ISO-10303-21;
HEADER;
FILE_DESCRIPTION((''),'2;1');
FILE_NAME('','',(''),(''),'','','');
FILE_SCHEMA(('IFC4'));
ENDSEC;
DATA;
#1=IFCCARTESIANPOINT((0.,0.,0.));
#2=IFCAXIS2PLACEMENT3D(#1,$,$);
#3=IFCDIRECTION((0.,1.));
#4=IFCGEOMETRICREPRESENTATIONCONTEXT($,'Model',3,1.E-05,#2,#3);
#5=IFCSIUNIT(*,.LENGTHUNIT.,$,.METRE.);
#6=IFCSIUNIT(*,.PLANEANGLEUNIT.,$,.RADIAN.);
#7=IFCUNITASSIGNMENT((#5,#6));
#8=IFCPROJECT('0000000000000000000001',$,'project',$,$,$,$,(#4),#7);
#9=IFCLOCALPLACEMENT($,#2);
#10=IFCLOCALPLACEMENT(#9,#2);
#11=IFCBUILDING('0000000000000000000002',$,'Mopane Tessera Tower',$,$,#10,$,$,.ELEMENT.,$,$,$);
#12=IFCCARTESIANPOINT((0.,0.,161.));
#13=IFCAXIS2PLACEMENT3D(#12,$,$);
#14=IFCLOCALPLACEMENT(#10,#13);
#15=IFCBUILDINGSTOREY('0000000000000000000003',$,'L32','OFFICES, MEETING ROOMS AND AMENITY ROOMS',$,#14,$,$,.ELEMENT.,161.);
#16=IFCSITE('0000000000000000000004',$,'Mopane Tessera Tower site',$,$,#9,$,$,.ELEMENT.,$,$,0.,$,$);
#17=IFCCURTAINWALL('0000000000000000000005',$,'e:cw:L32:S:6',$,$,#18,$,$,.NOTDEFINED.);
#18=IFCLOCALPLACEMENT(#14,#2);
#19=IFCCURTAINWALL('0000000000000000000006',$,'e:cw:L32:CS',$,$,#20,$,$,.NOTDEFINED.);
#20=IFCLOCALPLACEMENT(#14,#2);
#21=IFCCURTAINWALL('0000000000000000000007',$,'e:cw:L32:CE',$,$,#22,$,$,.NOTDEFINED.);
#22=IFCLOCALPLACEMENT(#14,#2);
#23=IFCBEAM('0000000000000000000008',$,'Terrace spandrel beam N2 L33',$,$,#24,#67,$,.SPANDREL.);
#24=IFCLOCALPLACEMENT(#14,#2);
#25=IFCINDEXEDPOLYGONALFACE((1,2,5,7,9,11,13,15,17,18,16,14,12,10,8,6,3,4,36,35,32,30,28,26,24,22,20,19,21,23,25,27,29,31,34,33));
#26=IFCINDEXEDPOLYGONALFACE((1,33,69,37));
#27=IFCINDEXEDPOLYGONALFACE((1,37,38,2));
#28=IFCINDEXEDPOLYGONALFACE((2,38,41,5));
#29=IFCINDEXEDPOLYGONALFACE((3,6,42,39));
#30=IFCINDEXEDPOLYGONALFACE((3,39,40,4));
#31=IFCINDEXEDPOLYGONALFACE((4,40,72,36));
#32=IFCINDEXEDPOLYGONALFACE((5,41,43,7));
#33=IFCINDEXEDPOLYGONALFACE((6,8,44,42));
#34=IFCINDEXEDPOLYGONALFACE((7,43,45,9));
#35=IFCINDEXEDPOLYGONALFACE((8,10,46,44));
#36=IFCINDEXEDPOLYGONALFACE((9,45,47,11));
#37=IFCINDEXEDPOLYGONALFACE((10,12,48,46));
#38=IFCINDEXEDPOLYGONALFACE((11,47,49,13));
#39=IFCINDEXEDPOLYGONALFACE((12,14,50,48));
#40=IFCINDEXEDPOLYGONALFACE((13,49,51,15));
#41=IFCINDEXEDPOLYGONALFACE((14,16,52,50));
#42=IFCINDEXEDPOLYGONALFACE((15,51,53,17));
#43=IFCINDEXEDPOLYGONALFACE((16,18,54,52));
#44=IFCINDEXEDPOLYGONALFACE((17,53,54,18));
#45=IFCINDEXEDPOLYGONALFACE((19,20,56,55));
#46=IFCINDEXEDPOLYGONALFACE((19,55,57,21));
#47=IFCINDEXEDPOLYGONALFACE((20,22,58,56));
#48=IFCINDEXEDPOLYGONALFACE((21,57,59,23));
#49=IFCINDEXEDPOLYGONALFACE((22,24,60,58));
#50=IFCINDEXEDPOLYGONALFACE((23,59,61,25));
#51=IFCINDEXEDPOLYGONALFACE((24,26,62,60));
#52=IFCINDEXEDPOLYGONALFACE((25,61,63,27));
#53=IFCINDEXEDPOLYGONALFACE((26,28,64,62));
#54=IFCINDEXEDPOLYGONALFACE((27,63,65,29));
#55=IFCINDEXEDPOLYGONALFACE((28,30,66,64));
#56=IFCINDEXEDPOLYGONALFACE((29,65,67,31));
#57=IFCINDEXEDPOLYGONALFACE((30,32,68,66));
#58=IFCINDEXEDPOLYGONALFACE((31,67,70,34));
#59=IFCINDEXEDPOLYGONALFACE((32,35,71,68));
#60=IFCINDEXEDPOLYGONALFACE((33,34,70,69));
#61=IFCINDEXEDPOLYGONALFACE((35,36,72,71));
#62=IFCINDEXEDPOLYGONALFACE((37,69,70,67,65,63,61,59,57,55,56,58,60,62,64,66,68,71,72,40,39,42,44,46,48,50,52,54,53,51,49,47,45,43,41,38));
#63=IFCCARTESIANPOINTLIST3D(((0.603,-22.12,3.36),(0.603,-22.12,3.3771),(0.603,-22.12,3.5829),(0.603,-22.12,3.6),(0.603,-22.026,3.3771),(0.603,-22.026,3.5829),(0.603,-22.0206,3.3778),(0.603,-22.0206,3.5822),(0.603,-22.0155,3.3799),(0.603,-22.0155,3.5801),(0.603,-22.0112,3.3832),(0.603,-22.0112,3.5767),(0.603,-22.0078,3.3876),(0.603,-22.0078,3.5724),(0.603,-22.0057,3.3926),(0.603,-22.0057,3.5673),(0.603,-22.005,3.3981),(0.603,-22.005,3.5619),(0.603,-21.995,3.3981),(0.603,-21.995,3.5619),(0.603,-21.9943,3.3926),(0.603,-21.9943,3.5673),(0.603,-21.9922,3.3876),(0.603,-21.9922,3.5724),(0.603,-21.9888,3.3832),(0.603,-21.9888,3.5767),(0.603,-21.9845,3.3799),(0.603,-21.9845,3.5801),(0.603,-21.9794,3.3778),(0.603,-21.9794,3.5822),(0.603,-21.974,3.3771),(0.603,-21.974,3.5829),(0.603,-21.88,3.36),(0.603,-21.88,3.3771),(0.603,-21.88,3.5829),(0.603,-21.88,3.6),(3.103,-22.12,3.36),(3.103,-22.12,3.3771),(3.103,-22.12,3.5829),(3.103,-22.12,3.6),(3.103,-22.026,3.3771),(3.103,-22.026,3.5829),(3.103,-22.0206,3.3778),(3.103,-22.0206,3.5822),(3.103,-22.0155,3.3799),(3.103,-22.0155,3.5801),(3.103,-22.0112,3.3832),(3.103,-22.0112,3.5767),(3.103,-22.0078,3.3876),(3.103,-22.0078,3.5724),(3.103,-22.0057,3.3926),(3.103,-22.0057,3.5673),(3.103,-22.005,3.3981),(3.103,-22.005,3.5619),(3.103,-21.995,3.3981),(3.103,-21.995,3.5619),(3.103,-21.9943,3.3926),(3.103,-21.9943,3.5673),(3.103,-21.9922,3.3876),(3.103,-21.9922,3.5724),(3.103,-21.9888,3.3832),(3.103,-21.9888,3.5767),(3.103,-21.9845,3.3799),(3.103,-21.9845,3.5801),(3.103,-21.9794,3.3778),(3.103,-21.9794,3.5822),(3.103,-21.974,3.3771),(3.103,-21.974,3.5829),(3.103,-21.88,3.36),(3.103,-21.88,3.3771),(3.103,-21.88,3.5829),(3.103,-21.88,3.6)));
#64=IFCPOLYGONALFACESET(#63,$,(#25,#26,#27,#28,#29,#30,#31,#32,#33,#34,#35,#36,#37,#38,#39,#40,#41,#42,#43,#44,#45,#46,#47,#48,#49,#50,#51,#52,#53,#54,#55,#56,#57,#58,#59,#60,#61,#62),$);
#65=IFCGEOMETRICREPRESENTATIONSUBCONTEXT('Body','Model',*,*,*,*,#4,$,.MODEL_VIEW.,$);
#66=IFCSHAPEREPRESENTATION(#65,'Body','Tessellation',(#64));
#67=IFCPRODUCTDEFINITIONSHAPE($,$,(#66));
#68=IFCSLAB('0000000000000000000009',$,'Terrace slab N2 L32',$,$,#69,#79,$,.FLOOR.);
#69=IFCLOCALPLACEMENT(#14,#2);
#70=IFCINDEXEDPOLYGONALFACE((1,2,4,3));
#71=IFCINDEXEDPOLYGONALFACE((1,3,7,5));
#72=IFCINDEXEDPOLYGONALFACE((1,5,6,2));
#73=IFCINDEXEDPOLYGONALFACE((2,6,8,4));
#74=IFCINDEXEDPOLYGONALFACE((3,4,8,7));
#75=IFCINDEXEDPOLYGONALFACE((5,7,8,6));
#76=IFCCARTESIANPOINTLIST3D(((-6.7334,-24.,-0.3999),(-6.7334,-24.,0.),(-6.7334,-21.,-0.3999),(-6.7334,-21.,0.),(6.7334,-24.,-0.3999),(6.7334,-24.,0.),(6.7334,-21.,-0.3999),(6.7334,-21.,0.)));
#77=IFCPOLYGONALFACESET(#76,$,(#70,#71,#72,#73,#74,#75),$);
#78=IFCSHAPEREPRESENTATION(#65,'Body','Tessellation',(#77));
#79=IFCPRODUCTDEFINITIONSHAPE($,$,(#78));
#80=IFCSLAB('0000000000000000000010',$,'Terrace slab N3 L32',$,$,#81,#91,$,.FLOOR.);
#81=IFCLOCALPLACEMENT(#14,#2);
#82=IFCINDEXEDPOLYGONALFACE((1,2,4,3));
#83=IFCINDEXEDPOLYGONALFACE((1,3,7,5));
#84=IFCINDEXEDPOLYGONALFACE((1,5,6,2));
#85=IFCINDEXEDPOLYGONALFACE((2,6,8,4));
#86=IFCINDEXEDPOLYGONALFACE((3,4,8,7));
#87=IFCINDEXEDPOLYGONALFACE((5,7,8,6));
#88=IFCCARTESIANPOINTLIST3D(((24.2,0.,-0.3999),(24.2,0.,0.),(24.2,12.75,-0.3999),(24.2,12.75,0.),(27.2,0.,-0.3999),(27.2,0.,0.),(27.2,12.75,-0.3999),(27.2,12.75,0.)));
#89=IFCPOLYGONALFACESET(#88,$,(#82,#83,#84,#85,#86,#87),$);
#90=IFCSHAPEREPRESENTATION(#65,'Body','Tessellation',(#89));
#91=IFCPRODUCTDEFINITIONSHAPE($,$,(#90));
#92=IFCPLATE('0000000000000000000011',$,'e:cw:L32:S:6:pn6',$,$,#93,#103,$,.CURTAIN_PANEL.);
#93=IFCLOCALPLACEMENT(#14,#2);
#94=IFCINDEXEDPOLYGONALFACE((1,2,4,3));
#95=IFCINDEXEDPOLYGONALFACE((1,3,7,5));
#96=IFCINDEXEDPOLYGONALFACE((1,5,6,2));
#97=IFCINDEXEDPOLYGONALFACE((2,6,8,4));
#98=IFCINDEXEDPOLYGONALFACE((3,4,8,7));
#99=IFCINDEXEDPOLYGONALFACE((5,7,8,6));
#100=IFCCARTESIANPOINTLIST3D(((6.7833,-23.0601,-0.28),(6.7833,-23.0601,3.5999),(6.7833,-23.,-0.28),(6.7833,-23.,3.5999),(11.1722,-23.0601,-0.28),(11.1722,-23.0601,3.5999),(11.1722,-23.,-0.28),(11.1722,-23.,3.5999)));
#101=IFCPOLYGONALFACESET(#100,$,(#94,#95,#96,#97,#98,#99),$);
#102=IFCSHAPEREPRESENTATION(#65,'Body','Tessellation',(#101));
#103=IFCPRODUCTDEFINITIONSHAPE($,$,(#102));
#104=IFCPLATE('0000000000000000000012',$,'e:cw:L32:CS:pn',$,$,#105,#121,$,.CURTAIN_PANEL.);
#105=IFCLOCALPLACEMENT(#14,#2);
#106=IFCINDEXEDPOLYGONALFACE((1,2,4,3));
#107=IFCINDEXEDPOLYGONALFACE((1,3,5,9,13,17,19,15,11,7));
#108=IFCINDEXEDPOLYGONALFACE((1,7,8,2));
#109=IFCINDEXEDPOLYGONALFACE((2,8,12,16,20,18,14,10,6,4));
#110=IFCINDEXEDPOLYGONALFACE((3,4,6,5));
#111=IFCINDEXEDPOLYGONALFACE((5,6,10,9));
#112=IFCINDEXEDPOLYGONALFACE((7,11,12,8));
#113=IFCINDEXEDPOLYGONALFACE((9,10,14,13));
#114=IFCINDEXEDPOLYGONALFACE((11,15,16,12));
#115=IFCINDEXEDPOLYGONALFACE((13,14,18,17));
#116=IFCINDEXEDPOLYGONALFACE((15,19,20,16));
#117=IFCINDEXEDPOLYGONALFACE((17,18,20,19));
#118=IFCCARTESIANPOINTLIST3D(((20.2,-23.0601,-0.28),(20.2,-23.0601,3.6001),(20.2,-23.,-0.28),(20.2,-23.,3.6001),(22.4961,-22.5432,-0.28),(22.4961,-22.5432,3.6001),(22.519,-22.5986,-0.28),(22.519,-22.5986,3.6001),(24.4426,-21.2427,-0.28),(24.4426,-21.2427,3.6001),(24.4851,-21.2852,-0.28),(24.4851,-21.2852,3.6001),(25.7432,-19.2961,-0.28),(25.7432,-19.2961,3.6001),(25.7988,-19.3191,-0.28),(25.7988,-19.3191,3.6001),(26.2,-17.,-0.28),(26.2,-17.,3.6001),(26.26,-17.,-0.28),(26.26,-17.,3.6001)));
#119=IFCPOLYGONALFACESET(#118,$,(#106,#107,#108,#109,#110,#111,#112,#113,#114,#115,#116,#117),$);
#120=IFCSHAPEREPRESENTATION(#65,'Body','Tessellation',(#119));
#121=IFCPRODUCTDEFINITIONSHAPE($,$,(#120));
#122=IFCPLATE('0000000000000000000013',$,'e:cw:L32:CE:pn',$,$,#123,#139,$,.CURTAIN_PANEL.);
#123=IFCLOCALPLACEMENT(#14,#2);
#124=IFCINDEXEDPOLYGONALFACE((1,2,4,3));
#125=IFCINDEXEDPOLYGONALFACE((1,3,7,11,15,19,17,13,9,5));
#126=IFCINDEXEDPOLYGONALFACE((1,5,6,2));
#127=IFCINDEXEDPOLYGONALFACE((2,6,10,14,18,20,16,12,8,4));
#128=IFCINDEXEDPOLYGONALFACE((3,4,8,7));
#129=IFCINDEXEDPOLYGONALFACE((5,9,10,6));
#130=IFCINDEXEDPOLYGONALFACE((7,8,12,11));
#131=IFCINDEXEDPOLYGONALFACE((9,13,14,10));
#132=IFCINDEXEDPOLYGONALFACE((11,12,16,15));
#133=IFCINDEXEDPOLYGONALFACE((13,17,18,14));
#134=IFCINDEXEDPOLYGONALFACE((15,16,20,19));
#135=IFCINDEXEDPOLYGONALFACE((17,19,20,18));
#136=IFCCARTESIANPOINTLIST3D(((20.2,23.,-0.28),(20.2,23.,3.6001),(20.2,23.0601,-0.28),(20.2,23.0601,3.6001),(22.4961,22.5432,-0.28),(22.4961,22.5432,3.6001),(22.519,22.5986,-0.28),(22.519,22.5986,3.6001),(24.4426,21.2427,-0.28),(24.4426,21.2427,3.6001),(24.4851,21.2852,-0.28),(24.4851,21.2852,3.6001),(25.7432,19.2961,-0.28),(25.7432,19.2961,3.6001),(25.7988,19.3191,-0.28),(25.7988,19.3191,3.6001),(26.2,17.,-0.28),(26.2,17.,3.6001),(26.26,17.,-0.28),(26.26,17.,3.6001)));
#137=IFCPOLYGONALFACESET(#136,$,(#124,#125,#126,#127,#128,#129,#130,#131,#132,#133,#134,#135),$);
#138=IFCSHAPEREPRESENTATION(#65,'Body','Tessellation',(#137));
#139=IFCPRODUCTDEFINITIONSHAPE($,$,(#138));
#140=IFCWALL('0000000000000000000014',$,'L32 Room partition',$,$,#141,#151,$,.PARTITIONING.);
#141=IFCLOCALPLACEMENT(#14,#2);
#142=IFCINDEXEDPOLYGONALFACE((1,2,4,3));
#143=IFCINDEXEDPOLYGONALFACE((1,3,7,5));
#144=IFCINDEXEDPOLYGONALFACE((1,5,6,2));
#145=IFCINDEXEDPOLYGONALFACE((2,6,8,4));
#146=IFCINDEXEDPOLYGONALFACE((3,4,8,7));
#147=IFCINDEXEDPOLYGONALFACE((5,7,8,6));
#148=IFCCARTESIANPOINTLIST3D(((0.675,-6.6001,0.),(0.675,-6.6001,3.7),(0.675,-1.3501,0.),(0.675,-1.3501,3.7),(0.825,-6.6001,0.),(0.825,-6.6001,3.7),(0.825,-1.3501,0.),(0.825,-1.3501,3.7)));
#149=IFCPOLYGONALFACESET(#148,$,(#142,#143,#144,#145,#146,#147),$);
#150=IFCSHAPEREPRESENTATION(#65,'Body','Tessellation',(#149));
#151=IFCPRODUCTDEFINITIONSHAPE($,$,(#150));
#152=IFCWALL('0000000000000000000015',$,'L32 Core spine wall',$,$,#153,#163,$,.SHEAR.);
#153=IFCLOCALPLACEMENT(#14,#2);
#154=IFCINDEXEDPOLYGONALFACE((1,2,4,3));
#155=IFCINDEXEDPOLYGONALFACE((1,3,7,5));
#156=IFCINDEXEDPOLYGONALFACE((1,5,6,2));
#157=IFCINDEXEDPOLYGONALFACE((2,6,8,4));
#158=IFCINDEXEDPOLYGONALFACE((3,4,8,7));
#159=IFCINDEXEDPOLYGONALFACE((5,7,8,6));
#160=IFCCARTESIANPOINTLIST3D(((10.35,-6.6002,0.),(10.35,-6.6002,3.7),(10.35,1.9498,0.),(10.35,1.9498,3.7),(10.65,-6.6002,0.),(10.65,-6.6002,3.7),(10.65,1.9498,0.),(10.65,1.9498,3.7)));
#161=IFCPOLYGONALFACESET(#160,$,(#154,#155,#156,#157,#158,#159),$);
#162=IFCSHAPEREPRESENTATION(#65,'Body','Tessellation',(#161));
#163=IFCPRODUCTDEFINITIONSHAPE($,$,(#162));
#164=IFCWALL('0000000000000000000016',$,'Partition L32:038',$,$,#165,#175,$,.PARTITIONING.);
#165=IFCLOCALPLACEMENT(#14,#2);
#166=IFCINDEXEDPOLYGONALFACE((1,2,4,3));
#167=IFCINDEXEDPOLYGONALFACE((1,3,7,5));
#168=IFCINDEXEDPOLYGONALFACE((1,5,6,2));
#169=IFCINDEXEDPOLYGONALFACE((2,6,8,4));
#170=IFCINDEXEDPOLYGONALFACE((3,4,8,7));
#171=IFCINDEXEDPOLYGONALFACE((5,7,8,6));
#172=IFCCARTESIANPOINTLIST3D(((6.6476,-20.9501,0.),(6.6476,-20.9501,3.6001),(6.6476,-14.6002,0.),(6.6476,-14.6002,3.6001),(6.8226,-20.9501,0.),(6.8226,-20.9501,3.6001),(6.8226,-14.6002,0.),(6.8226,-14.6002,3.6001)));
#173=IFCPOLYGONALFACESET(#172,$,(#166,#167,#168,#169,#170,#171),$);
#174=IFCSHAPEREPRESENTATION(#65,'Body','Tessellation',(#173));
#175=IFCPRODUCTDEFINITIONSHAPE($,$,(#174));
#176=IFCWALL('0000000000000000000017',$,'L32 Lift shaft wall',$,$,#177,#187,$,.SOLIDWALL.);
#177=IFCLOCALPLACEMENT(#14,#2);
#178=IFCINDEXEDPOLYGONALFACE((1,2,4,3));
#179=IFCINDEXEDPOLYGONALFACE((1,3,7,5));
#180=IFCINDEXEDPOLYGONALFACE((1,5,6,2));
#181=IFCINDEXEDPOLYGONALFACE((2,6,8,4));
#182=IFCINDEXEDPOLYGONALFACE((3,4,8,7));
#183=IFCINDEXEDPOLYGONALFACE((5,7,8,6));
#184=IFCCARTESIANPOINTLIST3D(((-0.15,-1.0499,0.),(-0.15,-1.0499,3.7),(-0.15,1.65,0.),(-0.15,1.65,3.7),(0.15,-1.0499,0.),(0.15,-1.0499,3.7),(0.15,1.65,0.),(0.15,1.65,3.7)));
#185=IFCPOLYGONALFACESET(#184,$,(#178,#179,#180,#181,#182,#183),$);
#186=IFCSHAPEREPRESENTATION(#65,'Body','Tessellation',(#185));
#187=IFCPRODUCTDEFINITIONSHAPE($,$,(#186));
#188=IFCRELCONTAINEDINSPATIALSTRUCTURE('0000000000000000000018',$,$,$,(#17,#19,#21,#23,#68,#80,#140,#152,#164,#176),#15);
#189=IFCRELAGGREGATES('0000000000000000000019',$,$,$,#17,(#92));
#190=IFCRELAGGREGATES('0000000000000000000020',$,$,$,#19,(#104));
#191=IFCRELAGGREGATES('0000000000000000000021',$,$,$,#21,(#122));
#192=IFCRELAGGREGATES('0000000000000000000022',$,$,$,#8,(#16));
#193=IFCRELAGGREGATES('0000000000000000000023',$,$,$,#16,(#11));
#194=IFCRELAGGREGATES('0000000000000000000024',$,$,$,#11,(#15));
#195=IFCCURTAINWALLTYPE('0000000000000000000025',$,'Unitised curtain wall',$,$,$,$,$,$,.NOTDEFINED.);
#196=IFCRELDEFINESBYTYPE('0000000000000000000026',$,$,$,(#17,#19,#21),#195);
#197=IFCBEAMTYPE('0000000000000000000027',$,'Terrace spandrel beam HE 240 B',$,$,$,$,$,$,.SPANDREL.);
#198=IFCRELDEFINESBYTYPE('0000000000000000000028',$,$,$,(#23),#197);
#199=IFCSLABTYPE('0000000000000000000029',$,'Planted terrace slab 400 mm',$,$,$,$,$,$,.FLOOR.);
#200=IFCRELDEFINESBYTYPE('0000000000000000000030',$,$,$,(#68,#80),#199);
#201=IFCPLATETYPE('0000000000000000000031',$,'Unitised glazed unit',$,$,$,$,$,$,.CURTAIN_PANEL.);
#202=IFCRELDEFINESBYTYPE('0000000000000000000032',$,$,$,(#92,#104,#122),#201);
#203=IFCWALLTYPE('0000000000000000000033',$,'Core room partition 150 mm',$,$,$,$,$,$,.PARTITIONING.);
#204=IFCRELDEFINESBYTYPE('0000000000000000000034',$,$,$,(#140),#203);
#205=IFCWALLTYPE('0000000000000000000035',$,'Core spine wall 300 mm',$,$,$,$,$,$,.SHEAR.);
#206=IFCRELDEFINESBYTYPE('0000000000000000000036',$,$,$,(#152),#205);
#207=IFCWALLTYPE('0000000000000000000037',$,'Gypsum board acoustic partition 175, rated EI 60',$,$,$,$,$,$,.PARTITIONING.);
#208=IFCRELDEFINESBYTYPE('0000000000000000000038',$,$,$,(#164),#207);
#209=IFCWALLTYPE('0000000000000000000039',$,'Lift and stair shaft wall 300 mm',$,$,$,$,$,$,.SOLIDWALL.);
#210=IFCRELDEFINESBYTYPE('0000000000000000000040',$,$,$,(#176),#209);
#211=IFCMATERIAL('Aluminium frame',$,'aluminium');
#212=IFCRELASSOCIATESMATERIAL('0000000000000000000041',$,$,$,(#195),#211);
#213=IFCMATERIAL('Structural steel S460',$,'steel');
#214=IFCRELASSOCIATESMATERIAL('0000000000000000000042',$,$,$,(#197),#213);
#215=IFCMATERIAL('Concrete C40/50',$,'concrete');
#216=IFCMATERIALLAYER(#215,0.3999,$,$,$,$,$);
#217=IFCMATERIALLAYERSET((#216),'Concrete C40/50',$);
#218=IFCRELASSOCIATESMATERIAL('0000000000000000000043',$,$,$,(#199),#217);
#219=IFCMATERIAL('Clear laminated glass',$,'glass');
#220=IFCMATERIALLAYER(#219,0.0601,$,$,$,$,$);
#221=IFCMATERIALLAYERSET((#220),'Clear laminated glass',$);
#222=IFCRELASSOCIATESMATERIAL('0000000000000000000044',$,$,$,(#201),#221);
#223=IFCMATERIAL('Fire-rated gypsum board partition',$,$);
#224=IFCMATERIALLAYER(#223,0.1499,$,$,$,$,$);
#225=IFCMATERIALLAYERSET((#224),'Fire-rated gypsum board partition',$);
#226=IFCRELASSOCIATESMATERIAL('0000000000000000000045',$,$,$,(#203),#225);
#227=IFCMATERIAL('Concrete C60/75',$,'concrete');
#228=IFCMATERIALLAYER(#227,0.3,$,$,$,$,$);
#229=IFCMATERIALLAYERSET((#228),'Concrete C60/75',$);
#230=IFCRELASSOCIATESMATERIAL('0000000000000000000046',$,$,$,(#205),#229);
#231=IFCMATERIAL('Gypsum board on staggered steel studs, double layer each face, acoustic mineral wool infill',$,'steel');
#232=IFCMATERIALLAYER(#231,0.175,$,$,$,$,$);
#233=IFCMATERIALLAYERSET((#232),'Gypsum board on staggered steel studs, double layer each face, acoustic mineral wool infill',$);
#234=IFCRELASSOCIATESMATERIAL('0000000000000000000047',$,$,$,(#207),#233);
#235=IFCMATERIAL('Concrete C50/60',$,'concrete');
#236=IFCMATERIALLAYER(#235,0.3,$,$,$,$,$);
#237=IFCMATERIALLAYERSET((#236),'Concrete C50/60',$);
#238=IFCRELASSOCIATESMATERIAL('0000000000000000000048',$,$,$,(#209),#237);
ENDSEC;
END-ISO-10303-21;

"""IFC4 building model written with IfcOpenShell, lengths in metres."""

from ifc_helpers import new_model, si_unit, direction, frame, frame_2d, origin, origin_2d, place, context, subcontext, project, spatial, polyline, rectangle, i_section, outline, extrude, material, layer, layer_set, material_profile, profile_set, type_object, element, aggregate, save


model = new_model("IFC4")

# Units and contexts
model_context = context("Model", 3, precision=1e-05, world=origin(), true_north=direction((0.0, 1.0)))
body_context = subcontext(model_context, "Body", "Model", "MODEL_VIEW")
ifc_project = project(units=[si_unit("LENGTHUNIT", "METRE"), si_unit("PLANEANGLEUNIT", "RADIAN")], contexts=[model_context])

# Site, building, storey
site_placement = place(None, origin())
site = spatial("IfcSite", under=ifc_project, at=site_placement, Name="Mopane Tessera Tower site", CompositionType="ELEMENT", RefElevation=0.0)
building_placement = place(site_placement, origin())
building = spatial("IfcBuilding", under=site, at=building_placement, Name="Mopane Tessera Tower", CompositionType="ELEMENT")
storey_placement = place(building_placement, frame((0.0, 0.0, 161.0)))
storey = spatial("IfcBuildingStorey", under=building, at=storey_placement, Name="L32", Description="OFFICES, MEETING ROOMS AND AMENITY ROOMS", CompositionType="ELEMENT", Elevation=161.0)

# Curtain wall
ifc_material_1 = material(Name="Aluminium frame", Category="aluminium")
curtain_wall_type = type_object("IfcCurtainWallType", Name="Unitised curtain wall", PredefinedType="NOTDEFINED", material=ifc_material_1)
curtain_wall_1_placement = place(storey_placement, origin())
curtain_wall_1 = element("IfcCurtainWall", 1, at=curtain_wall_1_placement, inside=storey, type_object=curtain_wall_type, Name="e:cw:L32:S:6", PredefinedType="NOTDEFINED")

# Curtain walls
curtain_wall_2_placement = place(storey_placement, origin())
curtain_wall_2 = element("IfcCurtainWall", 2, at=curtain_wall_2_placement, inside=storey, type_object=curtain_wall_type, Name="e:cw:L32:CS", PredefinedType="NOTDEFINED")
curtain_wall_3_placement = place(storey_placement, origin())
curtain_wall_3 = element("IfcCurtainWall", 3, at=curtain_wall_3_placement, inside=storey, type_object=curtain_wall_type, Name="e:cw:L32:CE", PredefinedType="NOTDEFINED")

# Beam
ifc_material_2 = material(Name="Structural steel S460", Category="steel")
ifc_material_profile_1 = material_profile(ifc_material_2, i_section(OverallWidth=0.24, OverallDepth=0.24, WebThickness=0.01, FlangeThickness=0.0171, FilletRadius=0.021, at=origin_2d()))
ifc_profile_set_1 = profile_set([ifc_material_profile_1], Name="Structural steel S460")
beam_type = type_object("IfcBeamType", Name="Terrace spandrel beam HE 240 B", PredefinedType="SPANDREL", material=ifc_profile_set_1)
beam_placement = place(storey_placement, frame((0.603, -22.0, 3.48), z_axis=(1.0, 0.0, 0.0), x_axis=(0.0, 1.0, 0.0)))
element("IfcBeam", 4, at=beam_placement, inside=storey, type_object=beam_type, Name="Terrace spandrel beam N2 L33", PredefinedType="SPANDREL", context=body_context, shape_type="SweptSolid", body=[
    extrude(i_section(OverallWidth=0.24, OverallDepth=0.24, WebThickness=0.01, FlangeThickness=0.0171, FilletRadius=0.021, at=origin_2d()), origin(), (0.0, 0.0, 1.0), 2.5),
])

# Slabs
ifc_material_3 = material(Name="Concrete C40/50", Category="concrete")
ifc_layer_1 = layer(ifc_material_3, 0.3999)
ifc_layer_set_1 = layer_set([ifc_layer_1], Name="Concrete C40/50")
slab_type = type_object("IfcSlabType", Name="Planted terrace slab 400 mm", PredefinedType="FLOOR", material=ifc_layer_set_1)
slab_1_placement = place(storey_placement, frame((0.0, 0.0, -0.3999)))
element("IfcSlab", 5, at=slab_1_placement, inside=storey, type_object=slab_type, Name="Terrace slab N2 L32", PredefinedType="FLOOR", context=body_context, shape_type="SweptSolid", body=[
    extrude(outline(polyline([(6.7334, -24.0), (6.7334, -21.0), (-6.7334, -21.0), (-6.7334, -24.0), (6.7334, -24.0)])), origin(), (0.0, 0.0, 1.0), 0.3999),
])
slab_2_placement = place(storey_placement, frame((0.0, 0.0, -0.3999)))
element("IfcSlab", 6, at=slab_2_placement, inside=storey, type_object=slab_type, Name="Terrace slab N3 L32", PredefinedType="FLOOR", context=body_context, shape_type="SweptSolid", body=[
    extrude(outline(polyline([(27.2, 12.75), (24.2, 12.75), (24.2, 0.0), (27.2, 0.0), (27.2, 12.75)])), origin(), (0.0, 0.0, 1.0), 0.3999),
])

# Plates
ifc_material_4 = material(Name="Clear laminated glass", Category="glass")
ifc_layer_2 = layer(ifc_material_4, 0.0601)
ifc_layer_set_2 = layer_set([ifc_layer_2], Name="Clear laminated glass")
plate_type = type_object("IfcPlateType", Name="Unitised glazed unit", PredefinedType="CURTAIN_PANEL", material=ifc_layer_set_2)
plate_1_placement = place(storey_placement, frame((8.9778, -23.03, -0.28), z_axis=(0.0, 0.0, 1.0), x_axis=(1.0, 0.0, 0.0)))
plate_1 = element("IfcPlate", 7, at=plate_1_placement, type_object=plate_type, Name="e:cw:L32:S:6:pn6", PredefinedType="CURTAIN_PANEL", context=body_context, shape_type="SweptSolid", body=[
    extrude(rectangle(XDim=4.3889, YDim=0.0601, at=origin_2d()), origin(), (0.0, 0.0, 1.0), 3.8799),
])
aggregate(curtain_wall_1, [plate_1])
plate_2_placement = place(storey_placement, frame((0.0, 0.0, -0.28)))
plate_2 = element("IfcPlate", 8, at=plate_2_placement, type_object=plate_type, Name="e:cw:L32:CS:pn", PredefinedType="CURTAIN_PANEL", context=body_context, shape_type="SweptSolid", body=[
    extrude(outline(polyline([(20.2, -23.0), (22.4961, -22.5432), (24.4426, -21.2427), (25.7432, -19.2961), (26.2, -17.0), (26.26, -17.0), (25.7988, -19.3191), (24.4851, -21.2852), (22.519, -22.5986), (20.2, -23.0601), (20.2, -23.0)])), origin(), (0.0, 0.0, 1.0), 3.8801),
])
aggregate(curtain_wall_2, [plate_2])
plate_3_placement = place(storey_placement, frame((0.0, 0.0, -0.28)))
plate_3 = element("IfcPlate", 9, at=plate_3_placement, type_object=plate_type, Name="e:cw:L32:CE:pn", PredefinedType="CURTAIN_PANEL", context=body_context, shape_type="SweptSolid", body=[
    extrude(outline(polyline([(26.2, 17.0), (25.7432, 19.2961), (24.4426, 21.2427), (22.4961, 22.5432), (20.2, 23.0), (20.2, 23.0601), (22.519, 22.5986), (24.4851, 21.2852), (25.7988, 19.3191), (26.26, 17.0), (26.2, 17.0)])), origin(), (0.0, 0.0, 1.0), 3.8801),
])
aggregate(curtain_wall_3, [plate_3])

# Walls
ifc_material_5 = material(Name="Fire-rated gypsum board partition")
ifc_layer_3 = layer(ifc_material_5, 0.1499)
ifc_layer_set_3 = layer_set([ifc_layer_3], Name="Fire-rated gypsum board partition")
wall_type_1 = type_object("IfcWallType", Name="Core room partition 150 mm", PredefinedType="PARTITIONING", material=ifc_layer_set_3)
wall_1_placement = place(storey_placement, frame((0.75, -6.6001, 0.0), z_axis=(0.0, 0.0, 1.0), x_axis=(0.0, 1.0, 0.0)))
element("IfcWall", 10, at=wall_1_placement, inside=storey, type_object=wall_type_1, Name="L32 Room partition", PredefinedType="PARTITIONING", context=body_context, shape_type="SweptSolid", body=[
    extrude(rectangle(XDim=5.25, YDim=0.1499, at=frame_2d((2.625, 0.0))), origin(), (0.0, 0.0, 1.0), 3.7),
])
ifc_material_6 = material(Name="Concrete C60/75", Category="concrete")
ifc_layer_4 = layer(ifc_material_6, 0.3)
ifc_layer_set_4 = layer_set([ifc_layer_4], Name="Concrete C60/75")
wall_type_2 = type_object("IfcWallType", Name="Core spine wall 300 mm", PredefinedType="SHEAR", material=ifc_layer_set_4)
wall_2_placement = place(storey_placement, frame((10.5, -6.6001, 0.0), z_axis=(0.0, 0.0, 1.0), x_axis=(0.0, 1.0, 0.0)))
element("IfcWall", 11, at=wall_2_placement, inside=storey, type_object=wall_type_2, Name="L32 Core spine wall", PredefinedType="SHEAR", context=body_context, shape_type="SweptSolid", body=[
    extrude(rectangle(XDim=8.55, YDim=0.3, at=frame_2d((4.2749, 0.0))), origin(), (0.0, 0.0, 1.0), 3.7),
])
ifc_material_7 = material(Name="Gypsum board on staggered steel studs, double layer each face, acoustic mineral wool infill", Category="steel")
ifc_layer_5 = layer(ifc_material_7, 0.175)
ifc_layer_set_5 = layer_set([ifc_layer_5], Name="Gypsum board on staggered steel studs, double layer each face, acoustic mineral wool infill")
wall_type_3 = type_object("IfcWallType", Name="Gypsum board acoustic partition 175, rated EI 60", PredefinedType="PARTITIONING", material=ifc_layer_set_5)
wall_3_placement = place(storey_placement, frame((6.7351, -20.95, 0.0), z_axis=(0.0, 0.0, 1.0), x_axis=(0.0, 1.0, 0.0)))
element("IfcWall", 12, at=wall_3_placement, inside=storey, type_object=wall_type_3, Name="Partition L32:038", PredefinedType="PARTITIONING", context=body_context, shape_type="SweptSolid", body=[
    extrude(rectangle(XDim=6.3499, YDim=0.175, at=frame_2d((3.1748, 0.0))), origin(), (0.0, 0.0, 1.0), 3.6001),
])
ifc_material_8 = material(Name="Concrete C50/60", Category="concrete")
ifc_layer_6 = layer(ifc_material_8, 0.3)
ifc_layer_set_6 = layer_set([ifc_layer_6], Name="Concrete C50/60")
wall_type_4 = type_object("IfcWallType", Name="Lift and stair shaft wall 300 mm", PredefinedType="SOLIDWALL", material=ifc_layer_set_6)
for number, where, z_axis, x_axis, name in (
    (13, (0.0, -1.05, 0.0), (0.0, 0.0, 1.0), (0.0, 1.0, 0.0), "L32 Lift shaft wall"),
):
    element("IfcWall", number, at=place(storey_placement, frame(where, z_axis=z_axis, x_axis=x_axis)), inside=storey, type_object=wall_type_4, Name=name, PredefinedType="SOLIDWALL", context=body_context, shape_type="SweptSolid", body=[
        extrude(rectangle(XDim=2.7, YDim=0.3, at=frame_2d((1.3501, 0.0))), origin(), (0.0, 0.0, 1.0), 3.7),
    ])

save(model, "model.ifc")
